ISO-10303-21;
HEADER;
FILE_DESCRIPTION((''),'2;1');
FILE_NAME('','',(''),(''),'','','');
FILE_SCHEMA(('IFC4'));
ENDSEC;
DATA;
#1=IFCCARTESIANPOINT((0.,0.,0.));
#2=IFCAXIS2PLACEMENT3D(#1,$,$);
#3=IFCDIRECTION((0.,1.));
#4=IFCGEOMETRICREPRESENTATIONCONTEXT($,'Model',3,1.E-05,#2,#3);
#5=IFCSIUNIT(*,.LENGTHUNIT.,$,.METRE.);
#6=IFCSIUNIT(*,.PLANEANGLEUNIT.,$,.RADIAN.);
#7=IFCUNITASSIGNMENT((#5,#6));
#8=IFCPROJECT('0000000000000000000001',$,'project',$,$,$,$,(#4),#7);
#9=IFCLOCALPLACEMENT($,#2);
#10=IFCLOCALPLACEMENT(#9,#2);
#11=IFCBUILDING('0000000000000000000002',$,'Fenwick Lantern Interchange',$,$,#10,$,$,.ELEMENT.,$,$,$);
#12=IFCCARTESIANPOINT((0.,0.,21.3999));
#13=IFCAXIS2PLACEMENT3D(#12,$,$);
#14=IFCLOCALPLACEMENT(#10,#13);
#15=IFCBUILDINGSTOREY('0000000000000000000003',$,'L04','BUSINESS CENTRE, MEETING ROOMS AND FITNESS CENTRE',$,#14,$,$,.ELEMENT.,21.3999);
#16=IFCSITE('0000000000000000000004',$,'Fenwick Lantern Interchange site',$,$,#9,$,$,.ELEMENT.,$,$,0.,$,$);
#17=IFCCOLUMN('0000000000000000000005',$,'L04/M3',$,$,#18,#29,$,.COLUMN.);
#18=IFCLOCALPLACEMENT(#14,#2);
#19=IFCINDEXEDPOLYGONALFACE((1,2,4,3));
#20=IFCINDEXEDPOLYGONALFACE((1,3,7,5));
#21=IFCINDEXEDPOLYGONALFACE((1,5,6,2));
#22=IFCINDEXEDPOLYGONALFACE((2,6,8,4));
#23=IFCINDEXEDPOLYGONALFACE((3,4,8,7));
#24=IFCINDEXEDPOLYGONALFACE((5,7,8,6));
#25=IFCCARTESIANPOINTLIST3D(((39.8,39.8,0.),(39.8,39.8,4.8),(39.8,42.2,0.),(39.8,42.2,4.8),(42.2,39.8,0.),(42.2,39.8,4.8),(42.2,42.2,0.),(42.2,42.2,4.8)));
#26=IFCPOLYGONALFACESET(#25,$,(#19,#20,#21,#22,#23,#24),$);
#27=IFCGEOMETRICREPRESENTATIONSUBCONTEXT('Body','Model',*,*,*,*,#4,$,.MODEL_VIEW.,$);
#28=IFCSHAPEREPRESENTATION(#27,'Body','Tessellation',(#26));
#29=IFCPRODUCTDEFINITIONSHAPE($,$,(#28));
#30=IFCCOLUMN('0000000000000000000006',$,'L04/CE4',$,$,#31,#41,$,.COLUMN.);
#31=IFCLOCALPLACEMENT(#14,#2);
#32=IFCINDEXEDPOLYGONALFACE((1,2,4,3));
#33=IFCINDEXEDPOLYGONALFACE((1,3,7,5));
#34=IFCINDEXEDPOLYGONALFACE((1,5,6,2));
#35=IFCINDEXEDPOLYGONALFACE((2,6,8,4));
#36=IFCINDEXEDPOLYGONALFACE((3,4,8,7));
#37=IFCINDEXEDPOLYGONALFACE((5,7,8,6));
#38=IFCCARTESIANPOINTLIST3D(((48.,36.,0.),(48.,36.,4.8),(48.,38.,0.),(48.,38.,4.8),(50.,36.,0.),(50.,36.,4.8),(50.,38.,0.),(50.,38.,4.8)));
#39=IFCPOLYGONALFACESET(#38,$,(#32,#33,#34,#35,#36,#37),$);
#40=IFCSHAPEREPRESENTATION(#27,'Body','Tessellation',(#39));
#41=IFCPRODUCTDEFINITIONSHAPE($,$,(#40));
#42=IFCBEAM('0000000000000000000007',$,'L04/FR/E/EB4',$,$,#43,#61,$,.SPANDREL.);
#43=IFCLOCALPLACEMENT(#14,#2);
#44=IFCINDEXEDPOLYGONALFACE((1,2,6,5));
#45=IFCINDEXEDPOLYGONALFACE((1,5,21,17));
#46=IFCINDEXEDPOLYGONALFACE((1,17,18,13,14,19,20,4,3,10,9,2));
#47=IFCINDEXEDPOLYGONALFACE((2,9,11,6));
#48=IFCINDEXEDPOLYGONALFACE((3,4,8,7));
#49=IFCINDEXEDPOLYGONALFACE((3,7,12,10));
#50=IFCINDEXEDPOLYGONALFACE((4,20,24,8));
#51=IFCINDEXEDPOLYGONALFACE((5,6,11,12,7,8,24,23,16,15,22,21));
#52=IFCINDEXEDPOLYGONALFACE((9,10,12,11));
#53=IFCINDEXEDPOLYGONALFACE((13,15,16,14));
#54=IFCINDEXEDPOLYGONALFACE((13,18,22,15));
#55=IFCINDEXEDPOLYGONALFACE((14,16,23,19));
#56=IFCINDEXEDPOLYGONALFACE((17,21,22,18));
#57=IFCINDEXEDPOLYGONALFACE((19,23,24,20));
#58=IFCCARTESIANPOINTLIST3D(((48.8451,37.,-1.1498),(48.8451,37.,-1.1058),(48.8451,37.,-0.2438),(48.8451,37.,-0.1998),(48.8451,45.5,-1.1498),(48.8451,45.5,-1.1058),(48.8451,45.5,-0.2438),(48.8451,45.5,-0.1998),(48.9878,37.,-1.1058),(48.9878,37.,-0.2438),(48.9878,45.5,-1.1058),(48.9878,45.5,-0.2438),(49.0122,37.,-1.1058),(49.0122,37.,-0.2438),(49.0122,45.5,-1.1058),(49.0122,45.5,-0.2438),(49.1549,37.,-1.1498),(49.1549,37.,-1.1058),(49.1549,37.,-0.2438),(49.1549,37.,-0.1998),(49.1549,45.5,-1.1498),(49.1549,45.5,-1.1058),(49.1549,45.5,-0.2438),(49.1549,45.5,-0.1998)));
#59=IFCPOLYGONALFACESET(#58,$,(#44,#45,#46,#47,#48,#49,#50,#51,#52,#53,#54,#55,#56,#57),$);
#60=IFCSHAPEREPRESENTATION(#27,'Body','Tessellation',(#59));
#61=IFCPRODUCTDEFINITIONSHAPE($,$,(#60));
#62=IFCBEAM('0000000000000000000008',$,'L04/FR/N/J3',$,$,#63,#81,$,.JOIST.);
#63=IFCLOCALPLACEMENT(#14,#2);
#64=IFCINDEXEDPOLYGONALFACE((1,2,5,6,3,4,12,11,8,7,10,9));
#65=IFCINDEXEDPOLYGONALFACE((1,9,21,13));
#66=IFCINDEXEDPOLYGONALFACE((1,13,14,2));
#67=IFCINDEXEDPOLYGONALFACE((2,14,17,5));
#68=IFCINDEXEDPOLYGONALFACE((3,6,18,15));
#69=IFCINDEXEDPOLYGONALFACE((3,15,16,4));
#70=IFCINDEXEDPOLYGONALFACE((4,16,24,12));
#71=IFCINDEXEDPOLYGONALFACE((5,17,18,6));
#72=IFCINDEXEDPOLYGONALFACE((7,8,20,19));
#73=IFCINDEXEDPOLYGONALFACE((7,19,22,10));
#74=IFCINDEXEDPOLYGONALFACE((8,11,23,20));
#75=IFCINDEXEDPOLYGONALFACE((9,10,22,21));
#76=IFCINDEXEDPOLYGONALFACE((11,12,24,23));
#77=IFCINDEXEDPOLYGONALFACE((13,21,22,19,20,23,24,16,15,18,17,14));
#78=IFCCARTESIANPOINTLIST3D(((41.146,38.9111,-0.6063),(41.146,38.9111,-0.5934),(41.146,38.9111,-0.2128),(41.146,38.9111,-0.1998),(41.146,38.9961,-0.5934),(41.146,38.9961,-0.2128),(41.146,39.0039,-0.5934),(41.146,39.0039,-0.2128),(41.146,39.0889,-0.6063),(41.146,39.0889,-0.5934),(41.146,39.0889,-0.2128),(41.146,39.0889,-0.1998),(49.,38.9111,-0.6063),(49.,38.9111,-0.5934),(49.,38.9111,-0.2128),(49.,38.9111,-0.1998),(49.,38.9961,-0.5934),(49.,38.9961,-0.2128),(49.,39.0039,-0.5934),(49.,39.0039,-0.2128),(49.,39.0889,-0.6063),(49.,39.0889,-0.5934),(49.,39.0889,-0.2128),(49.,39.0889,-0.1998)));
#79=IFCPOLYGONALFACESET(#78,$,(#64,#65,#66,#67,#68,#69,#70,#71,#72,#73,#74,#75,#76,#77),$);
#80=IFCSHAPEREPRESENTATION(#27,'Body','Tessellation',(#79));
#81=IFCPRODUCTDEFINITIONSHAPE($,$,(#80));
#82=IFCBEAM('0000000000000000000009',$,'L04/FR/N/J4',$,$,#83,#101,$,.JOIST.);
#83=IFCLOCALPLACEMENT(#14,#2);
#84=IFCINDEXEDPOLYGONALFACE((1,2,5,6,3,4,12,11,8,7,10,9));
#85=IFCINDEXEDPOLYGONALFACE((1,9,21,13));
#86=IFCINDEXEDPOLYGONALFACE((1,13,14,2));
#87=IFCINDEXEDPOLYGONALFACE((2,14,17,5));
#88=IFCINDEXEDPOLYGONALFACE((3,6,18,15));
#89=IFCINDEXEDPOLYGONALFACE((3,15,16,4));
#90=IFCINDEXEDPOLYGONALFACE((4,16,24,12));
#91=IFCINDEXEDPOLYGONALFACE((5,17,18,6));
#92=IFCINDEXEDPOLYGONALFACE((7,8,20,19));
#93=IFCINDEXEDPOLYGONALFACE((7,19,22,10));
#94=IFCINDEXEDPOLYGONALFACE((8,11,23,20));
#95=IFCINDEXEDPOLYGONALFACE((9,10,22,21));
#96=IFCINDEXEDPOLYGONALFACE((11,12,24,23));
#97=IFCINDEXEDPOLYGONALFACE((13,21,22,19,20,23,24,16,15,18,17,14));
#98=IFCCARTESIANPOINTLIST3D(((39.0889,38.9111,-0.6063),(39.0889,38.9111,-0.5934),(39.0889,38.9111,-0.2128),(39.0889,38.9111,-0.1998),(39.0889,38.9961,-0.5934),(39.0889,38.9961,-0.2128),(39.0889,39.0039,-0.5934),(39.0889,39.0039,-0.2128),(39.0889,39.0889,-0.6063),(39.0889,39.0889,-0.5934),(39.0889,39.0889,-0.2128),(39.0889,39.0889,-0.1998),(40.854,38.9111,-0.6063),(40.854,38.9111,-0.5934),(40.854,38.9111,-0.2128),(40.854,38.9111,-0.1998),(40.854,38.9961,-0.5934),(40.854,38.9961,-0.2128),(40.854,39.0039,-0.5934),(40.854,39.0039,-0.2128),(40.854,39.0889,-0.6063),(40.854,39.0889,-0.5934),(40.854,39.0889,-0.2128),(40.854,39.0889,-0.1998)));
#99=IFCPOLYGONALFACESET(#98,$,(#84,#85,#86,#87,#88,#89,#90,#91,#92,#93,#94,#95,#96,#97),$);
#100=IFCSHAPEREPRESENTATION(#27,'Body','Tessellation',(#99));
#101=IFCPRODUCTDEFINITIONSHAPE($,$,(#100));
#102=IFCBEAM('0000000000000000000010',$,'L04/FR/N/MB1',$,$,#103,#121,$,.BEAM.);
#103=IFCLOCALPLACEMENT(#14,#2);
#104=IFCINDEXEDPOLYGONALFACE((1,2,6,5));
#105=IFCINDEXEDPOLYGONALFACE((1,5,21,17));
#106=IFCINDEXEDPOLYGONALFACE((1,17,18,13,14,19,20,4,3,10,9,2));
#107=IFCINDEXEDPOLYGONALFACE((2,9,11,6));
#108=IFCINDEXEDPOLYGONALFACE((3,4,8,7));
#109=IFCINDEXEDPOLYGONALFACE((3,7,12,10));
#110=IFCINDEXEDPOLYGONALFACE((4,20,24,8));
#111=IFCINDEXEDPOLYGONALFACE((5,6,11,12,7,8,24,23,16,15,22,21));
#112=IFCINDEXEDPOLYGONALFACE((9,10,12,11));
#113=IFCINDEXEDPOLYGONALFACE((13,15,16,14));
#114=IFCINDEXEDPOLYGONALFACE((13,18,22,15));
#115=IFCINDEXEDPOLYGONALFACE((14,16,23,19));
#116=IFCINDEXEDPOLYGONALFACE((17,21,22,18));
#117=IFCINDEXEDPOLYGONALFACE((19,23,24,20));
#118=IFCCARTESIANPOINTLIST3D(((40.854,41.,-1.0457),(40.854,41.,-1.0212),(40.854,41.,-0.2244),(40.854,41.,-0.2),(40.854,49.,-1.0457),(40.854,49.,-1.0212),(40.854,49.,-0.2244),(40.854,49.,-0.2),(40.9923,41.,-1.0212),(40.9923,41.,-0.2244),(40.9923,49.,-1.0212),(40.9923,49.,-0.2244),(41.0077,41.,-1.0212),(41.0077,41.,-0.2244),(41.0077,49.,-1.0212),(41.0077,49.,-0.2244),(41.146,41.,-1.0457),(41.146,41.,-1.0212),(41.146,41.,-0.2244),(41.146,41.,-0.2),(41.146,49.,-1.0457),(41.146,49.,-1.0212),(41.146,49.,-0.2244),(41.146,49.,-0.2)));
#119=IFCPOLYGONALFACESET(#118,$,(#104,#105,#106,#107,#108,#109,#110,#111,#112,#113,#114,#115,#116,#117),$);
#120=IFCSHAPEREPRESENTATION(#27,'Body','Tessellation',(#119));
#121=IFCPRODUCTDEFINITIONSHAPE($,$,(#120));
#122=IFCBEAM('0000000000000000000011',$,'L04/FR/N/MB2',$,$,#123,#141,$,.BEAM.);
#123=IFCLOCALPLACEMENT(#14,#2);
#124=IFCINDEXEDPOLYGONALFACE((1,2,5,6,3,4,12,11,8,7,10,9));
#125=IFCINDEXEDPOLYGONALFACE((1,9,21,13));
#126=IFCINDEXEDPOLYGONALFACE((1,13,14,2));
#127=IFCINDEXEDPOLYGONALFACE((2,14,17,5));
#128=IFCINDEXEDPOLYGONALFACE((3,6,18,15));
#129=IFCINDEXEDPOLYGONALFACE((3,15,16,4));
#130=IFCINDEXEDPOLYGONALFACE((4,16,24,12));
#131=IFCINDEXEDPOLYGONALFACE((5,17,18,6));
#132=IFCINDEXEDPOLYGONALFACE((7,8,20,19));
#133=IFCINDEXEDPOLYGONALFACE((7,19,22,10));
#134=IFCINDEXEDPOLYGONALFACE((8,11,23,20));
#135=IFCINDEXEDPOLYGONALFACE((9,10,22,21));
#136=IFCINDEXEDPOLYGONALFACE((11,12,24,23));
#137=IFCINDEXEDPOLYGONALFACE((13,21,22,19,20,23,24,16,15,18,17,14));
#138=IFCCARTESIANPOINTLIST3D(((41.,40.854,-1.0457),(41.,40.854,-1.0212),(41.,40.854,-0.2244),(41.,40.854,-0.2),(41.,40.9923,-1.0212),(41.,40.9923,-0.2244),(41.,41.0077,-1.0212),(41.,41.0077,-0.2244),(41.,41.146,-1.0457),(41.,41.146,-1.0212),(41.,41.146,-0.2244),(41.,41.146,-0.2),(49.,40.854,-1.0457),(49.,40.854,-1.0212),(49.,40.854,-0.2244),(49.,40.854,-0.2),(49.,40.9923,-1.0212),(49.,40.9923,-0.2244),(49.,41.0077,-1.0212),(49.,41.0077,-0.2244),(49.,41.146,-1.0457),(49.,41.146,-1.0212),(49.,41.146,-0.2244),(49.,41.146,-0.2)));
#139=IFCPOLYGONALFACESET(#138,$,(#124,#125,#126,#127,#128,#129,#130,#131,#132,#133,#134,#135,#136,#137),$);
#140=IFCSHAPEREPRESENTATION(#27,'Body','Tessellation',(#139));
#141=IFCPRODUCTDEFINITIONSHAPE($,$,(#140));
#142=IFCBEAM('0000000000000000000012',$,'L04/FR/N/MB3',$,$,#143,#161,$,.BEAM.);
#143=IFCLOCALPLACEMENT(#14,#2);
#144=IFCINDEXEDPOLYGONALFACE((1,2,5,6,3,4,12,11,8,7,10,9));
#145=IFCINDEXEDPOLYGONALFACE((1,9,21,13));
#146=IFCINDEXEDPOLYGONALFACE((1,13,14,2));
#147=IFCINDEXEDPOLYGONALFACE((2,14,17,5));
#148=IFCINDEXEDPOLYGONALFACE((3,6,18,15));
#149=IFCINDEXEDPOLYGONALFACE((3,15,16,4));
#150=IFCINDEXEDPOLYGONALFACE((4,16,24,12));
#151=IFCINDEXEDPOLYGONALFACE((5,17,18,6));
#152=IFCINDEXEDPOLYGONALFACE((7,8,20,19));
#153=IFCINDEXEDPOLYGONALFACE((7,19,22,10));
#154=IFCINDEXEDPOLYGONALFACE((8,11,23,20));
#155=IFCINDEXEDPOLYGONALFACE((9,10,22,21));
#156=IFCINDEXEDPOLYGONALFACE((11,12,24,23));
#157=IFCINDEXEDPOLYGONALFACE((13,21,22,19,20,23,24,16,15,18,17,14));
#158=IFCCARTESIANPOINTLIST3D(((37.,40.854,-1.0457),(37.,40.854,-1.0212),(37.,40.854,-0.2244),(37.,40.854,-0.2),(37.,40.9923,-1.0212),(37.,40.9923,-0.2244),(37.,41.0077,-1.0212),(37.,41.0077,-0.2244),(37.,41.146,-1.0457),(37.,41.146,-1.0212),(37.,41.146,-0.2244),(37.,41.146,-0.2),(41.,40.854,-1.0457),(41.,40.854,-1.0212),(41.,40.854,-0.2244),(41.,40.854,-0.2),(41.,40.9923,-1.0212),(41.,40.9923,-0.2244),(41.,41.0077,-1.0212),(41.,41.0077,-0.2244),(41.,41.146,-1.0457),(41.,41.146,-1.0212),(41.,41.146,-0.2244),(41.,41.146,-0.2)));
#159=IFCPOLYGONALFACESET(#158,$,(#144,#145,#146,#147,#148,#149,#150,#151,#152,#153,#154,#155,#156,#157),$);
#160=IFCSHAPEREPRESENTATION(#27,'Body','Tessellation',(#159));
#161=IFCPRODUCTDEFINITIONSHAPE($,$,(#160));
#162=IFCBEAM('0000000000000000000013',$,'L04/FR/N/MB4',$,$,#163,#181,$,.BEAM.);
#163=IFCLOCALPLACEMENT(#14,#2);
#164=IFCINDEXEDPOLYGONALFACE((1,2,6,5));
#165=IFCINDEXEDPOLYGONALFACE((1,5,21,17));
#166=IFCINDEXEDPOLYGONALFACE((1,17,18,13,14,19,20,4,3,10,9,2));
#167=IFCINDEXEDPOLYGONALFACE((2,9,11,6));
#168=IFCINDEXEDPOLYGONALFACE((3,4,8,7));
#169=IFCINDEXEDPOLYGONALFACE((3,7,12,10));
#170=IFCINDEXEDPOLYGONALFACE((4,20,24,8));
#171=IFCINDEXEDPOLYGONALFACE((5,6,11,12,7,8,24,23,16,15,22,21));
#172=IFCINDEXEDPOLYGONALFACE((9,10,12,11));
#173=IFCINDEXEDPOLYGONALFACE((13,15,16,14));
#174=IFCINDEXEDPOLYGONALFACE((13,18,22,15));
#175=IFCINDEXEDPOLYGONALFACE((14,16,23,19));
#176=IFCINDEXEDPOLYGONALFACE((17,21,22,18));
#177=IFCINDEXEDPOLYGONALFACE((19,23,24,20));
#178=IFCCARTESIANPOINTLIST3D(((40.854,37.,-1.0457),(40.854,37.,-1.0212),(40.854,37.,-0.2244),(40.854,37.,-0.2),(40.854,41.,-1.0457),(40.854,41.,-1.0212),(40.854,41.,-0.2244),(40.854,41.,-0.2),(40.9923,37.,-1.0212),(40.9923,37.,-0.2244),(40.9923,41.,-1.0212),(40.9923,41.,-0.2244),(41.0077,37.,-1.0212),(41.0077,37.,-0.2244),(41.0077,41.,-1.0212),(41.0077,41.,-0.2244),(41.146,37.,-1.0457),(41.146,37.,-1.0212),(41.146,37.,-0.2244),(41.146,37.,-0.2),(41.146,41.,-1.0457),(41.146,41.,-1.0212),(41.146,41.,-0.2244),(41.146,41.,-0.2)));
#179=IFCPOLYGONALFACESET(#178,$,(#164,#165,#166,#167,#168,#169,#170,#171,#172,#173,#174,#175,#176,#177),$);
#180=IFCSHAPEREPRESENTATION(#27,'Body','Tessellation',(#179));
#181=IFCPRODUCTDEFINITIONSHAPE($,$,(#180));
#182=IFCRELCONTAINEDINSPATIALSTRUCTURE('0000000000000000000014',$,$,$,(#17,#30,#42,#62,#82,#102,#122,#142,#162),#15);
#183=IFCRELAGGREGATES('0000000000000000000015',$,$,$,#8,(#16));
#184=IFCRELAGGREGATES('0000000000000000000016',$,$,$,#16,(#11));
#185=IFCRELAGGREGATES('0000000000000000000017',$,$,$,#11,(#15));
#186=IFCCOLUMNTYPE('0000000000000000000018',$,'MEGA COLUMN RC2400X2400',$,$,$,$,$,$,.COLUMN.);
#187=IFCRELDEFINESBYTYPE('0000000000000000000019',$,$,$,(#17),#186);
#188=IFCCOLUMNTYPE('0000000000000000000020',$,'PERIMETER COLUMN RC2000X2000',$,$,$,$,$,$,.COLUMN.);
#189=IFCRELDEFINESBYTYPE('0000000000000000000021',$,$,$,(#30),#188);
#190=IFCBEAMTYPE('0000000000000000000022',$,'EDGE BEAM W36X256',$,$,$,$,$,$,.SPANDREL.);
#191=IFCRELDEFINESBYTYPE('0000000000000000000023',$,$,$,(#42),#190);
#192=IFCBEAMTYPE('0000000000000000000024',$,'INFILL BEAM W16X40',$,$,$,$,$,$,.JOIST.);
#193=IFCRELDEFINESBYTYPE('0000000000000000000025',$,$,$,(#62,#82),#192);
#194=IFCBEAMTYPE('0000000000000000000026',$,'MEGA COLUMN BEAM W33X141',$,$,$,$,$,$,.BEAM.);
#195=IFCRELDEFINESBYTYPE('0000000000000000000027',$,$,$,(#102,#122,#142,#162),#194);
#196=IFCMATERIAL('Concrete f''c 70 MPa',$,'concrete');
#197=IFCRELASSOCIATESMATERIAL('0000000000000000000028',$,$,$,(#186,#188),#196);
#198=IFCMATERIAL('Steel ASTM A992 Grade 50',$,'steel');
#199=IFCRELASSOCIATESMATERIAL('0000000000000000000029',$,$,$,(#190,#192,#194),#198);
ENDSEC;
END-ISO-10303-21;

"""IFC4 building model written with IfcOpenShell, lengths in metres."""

from ifc_helpers import new_model, si_unit, direction, frame, origin, origin_2d, place, context, subcontext, project, spatial, rectangle, i_section, extrude, material, material_profile, profile_set, type_object, element, save


model = new_model("IFC4")

# Units and contexts
model_context = context("Model", 3, precision=1e-05, world=origin(), true_north=direction((0.0, 1.0)))
body_context = subcontext(model_context, "Body", "Model", "MODEL_VIEW")
ifc_project = project(units=[si_unit("LENGTHUNIT", "METRE"), si_unit("PLANEANGLEUNIT", "RADIAN")], contexts=[model_context])

# Site, building, storey
site_placement = place(None, origin())
site = spatial("IfcSite", under=ifc_project, at=site_placement, Name="Fenwick Lantern Interchange site", CompositionType="ELEMENT", RefElevation=0.0)
building_placement = place(site_placement, origin())
building = spatial("IfcBuilding", under=site, at=building_placement, Name="Fenwick Lantern Interchange", CompositionType="ELEMENT")
storey_placement = place(building_placement, frame((0.0, 0.0, 21.3999)))
storey = spatial("IfcBuildingStorey", under=building, at=storey_placement, Name="L04", Description="BUSINESS CENTRE, MEETING ROOMS AND FITNESS CENTRE", CompositionType="ELEMENT", Elevation=21.3999)

# Columns
ifc_material_1 = material(Name="Concrete f'c 70 MPa", Category="concrete")
ifc_material_profile_1 = material_profile(ifc_material_1, rectangle(XDim=2.3999, YDim=2.3999, at=origin_2d()), Name="RC2400X2400")
ifc_profile_set_1 = profile_set([ifc_material_profile_1], Name="Concrete f'c 70 MPa")
column_type_1 = type_object("IfcColumnType", Name="MEGA COLUMN RC2400X2400", PredefinedType="COLUMN", material=ifc_profile_set_1)
column_1_placement = place(storey_placement, frame((41.0, 41.0, 0.0), z_axis=(0.0, 0.0, 1.0), x_axis=(1.0, 0.0, 0.0)))
element("IfcColumn", 1, at=column_1_placement, inside=storey, type_object=column_type_1, Name="L04/M3", PredefinedType="COLUMN", context=body_context, shape_type="SweptSolid", body=[
    extrude(rectangle(XDim=2.3999, YDim=2.3999, at=origin_2d()), origin(), (0.0, 0.0, 1.0), 4.8),
])
ifc_material_profile_2 = material_profile(ifc_material_1, rectangle(XDim=2.0, YDim=2.0, at=origin_2d()), Name="RC2000X2000")
ifc_profile_set_2 = profile_set([ifc_material_profile_2], Name="Concrete f'c 70 MPa")
column_type_2 = type_object("IfcColumnType", Name="PERIMETER COLUMN RC2000X2000", PredefinedType="COLUMN", material=ifc_profile_set_2)
column_2_placement = place(storey_placement, frame((49.0, 37.0, 0.0), z_axis=(0.0, 0.0, 1.0), x_axis=(1.0, 0.0, 0.0)))
element("IfcColumn", 2, at=column_2_placement, inside=storey, type_object=column_type_2, Name="L04/CE4", PredefinedType="COLUMN", context=body_context, shape_type="SweptSolid", body=[
    extrude(rectangle(XDim=2.0, YDim=2.0, at=origin_2d()), origin(), (0.0, 0.0, 1.0), 4.8),
])

# Beams
ifc_material_2 = material(Name="Steel ASTM A992 Grade 50", Category="steel")
ifc_material_profile_3 = material_profile(ifc_material_2, i_section(OverallWidth=0.3098, OverallDepth=0.95, WebThickness=0.0244, FlangeThickness=0.0439, at=origin_2d()), Name="W36X256")
ifc_profile_set_3 = profile_set([ifc_material_profile_3], Name="Steel ASTM A992 Grade 50")
beam_type_1 = type_object("IfcBeamType", Name="EDGE BEAM W36X256", PredefinedType="SPANDREL", material=ifc_profile_set_3)
beam_1_placement = place(storey_placement, frame((49.0, 37.0, -0.6748), z_axis=(0.0, 1.0, 0.0), x_axis=(-1.0, 0.0, 0.0)))
element("IfcBeam", 3, at=beam_1_placement, inside=storey, type_object=beam_type_1, Name="L04/FR/E/EB4", PredefinedType="SPANDREL", context=body_context, shape_type="SweptSolid", body=[
    extrude(i_section(OverallWidth=0.3098, OverallDepth=0.95, WebThickness=0.0244, FlangeThickness=0.0439, at=origin_2d()), origin(), (0.0, 0.0, 1.0), 8.5),
])
ifc_material_profile_4 = material_profile(ifc_material_2, i_section(OverallWidth=0.1777, OverallDepth=0.4065, WebThickness=0.0078, FlangeThickness=0.0129, at=origin_2d()), Name="W16X40")
ifc_profile_set_4 = profile_set([ifc_material_profile_4], Name="Steel ASTM A992 Grade 50")
beam_type_2 = type_object("IfcBeamType", Name="INFILL BEAM W16X40", PredefinedType="JOIST", material=ifc_profile_set_4)
beam_2_placement = place(storey_placement, frame((49.0, 39.0, -0.4031), z_axis=(-1.0, 0.0, 0.0), x_axis=(0.0, -1.0, 0.0)))
element("IfcBeam", 4, at=beam_2_placement, inside=storey, type_object=beam_type_2, Name="L04/FR/N/J3", PredefinedType="JOIST", context=body_context, shape_type="SweptSolid", body=[
    extrude(i_section(OverallWidth=0.1777, OverallDepth=0.4065, WebThickness=0.0078, FlangeThickness=0.0129, at=origin_2d()), origin(), (0.0, 0.0, 1.0), 7.854),
])
beam_3_placement = place(storey_placement, frame((40.854, 39.0, -0.4031), z_axis=(-1.0, 0.0, 0.0), x_axis=(0.0, -1.0, 0.0)))
element("IfcBeam", 5, at=beam_3_placement, inside=storey, type_object=beam_type_2, Name="L04/FR/N/J4", PredefinedType="JOIST", context=body_context, shape_type="SweptSolid", body=[
    extrude(i_section(OverallWidth=0.1777, OverallDepth=0.4065, WebThickness=0.0078, FlangeThickness=0.0129, at=origin_2d()), origin(), (0.0, 0.0, 1.0), 1.7651),
])
ifc_material_profile_5 = material_profile(ifc_material_2, i_section(OverallWidth=0.292, OverallDepth=0.8457, WebThickness=0.0154, FlangeThickness=0.0244, at=origin_2d()), Name="W33X141")
ifc_profile_set_5 = profile_set([ifc_material_profile_5], Name="Steel ASTM A992 Grade 50")
beam_type_3 = type_object("IfcBeamType", Name="MEGA COLUMN BEAM W33X141", PredefinedType="BEAM", material=ifc_profile_set_5)
for number, where, z_axis, x_axis, name in (
    (6, (41.0, 41.0, -0.6228), (0.0, 1.0, 0.0), (-1.0, 0.0, 0.0), "L04/FR/N/MB1"),
    (7, (41.0, 41.0, -0.6228), (1.0, 0.0, 0.0), (0.0, 1.0, 0.0), "L04/FR/N/MB2"),
):
    element("IfcBeam", number, at=place(storey_placement, frame(where, z_axis=z_axis, x_axis=x_axis)), inside=storey, type_object=beam_type_3, Name=name, PredefinedType="BEAM", context=body_context, shape_type="SweptSolid", body=[
        extrude(i_section(OverallWidth=0.292, OverallDepth=0.8457, WebThickness=0.0154, FlangeThickness=0.0244, at=origin_2d()), origin(), (0.0, 0.0, 1.0), 8.0),
    ])
for number, where, z_axis, x_axis, name in (
    (8, (41.0, 41.0, -0.6228), (-1.0, 0.0, 0.0), (0.0, -1.0, 0.0), "L04/FR/N/MB3"),
    (9, (41.0, 41.0, -0.6228), (0.0, -1.0, 0.0), (1.0, 0.0, 0.0), "L04/FR/N/MB4"),
):
    element("IfcBeam", number, at=place(storey_placement, frame(where, z_axis=z_axis, x_axis=x_axis)), inside=storey, type_object=beam_type_3, Name=name, PredefinedType="BEAM", context=body_context, shape_type="SweptSolid", body=[
        extrude(i_section(OverallWidth=0.292, OverallDepth=0.8457, WebThickness=0.0154, FlangeThickness=0.0244, at=origin_2d()), origin(), (0.0, 0.0, 1.0), 4.0),
    ])

save(model, "model.ifc")
